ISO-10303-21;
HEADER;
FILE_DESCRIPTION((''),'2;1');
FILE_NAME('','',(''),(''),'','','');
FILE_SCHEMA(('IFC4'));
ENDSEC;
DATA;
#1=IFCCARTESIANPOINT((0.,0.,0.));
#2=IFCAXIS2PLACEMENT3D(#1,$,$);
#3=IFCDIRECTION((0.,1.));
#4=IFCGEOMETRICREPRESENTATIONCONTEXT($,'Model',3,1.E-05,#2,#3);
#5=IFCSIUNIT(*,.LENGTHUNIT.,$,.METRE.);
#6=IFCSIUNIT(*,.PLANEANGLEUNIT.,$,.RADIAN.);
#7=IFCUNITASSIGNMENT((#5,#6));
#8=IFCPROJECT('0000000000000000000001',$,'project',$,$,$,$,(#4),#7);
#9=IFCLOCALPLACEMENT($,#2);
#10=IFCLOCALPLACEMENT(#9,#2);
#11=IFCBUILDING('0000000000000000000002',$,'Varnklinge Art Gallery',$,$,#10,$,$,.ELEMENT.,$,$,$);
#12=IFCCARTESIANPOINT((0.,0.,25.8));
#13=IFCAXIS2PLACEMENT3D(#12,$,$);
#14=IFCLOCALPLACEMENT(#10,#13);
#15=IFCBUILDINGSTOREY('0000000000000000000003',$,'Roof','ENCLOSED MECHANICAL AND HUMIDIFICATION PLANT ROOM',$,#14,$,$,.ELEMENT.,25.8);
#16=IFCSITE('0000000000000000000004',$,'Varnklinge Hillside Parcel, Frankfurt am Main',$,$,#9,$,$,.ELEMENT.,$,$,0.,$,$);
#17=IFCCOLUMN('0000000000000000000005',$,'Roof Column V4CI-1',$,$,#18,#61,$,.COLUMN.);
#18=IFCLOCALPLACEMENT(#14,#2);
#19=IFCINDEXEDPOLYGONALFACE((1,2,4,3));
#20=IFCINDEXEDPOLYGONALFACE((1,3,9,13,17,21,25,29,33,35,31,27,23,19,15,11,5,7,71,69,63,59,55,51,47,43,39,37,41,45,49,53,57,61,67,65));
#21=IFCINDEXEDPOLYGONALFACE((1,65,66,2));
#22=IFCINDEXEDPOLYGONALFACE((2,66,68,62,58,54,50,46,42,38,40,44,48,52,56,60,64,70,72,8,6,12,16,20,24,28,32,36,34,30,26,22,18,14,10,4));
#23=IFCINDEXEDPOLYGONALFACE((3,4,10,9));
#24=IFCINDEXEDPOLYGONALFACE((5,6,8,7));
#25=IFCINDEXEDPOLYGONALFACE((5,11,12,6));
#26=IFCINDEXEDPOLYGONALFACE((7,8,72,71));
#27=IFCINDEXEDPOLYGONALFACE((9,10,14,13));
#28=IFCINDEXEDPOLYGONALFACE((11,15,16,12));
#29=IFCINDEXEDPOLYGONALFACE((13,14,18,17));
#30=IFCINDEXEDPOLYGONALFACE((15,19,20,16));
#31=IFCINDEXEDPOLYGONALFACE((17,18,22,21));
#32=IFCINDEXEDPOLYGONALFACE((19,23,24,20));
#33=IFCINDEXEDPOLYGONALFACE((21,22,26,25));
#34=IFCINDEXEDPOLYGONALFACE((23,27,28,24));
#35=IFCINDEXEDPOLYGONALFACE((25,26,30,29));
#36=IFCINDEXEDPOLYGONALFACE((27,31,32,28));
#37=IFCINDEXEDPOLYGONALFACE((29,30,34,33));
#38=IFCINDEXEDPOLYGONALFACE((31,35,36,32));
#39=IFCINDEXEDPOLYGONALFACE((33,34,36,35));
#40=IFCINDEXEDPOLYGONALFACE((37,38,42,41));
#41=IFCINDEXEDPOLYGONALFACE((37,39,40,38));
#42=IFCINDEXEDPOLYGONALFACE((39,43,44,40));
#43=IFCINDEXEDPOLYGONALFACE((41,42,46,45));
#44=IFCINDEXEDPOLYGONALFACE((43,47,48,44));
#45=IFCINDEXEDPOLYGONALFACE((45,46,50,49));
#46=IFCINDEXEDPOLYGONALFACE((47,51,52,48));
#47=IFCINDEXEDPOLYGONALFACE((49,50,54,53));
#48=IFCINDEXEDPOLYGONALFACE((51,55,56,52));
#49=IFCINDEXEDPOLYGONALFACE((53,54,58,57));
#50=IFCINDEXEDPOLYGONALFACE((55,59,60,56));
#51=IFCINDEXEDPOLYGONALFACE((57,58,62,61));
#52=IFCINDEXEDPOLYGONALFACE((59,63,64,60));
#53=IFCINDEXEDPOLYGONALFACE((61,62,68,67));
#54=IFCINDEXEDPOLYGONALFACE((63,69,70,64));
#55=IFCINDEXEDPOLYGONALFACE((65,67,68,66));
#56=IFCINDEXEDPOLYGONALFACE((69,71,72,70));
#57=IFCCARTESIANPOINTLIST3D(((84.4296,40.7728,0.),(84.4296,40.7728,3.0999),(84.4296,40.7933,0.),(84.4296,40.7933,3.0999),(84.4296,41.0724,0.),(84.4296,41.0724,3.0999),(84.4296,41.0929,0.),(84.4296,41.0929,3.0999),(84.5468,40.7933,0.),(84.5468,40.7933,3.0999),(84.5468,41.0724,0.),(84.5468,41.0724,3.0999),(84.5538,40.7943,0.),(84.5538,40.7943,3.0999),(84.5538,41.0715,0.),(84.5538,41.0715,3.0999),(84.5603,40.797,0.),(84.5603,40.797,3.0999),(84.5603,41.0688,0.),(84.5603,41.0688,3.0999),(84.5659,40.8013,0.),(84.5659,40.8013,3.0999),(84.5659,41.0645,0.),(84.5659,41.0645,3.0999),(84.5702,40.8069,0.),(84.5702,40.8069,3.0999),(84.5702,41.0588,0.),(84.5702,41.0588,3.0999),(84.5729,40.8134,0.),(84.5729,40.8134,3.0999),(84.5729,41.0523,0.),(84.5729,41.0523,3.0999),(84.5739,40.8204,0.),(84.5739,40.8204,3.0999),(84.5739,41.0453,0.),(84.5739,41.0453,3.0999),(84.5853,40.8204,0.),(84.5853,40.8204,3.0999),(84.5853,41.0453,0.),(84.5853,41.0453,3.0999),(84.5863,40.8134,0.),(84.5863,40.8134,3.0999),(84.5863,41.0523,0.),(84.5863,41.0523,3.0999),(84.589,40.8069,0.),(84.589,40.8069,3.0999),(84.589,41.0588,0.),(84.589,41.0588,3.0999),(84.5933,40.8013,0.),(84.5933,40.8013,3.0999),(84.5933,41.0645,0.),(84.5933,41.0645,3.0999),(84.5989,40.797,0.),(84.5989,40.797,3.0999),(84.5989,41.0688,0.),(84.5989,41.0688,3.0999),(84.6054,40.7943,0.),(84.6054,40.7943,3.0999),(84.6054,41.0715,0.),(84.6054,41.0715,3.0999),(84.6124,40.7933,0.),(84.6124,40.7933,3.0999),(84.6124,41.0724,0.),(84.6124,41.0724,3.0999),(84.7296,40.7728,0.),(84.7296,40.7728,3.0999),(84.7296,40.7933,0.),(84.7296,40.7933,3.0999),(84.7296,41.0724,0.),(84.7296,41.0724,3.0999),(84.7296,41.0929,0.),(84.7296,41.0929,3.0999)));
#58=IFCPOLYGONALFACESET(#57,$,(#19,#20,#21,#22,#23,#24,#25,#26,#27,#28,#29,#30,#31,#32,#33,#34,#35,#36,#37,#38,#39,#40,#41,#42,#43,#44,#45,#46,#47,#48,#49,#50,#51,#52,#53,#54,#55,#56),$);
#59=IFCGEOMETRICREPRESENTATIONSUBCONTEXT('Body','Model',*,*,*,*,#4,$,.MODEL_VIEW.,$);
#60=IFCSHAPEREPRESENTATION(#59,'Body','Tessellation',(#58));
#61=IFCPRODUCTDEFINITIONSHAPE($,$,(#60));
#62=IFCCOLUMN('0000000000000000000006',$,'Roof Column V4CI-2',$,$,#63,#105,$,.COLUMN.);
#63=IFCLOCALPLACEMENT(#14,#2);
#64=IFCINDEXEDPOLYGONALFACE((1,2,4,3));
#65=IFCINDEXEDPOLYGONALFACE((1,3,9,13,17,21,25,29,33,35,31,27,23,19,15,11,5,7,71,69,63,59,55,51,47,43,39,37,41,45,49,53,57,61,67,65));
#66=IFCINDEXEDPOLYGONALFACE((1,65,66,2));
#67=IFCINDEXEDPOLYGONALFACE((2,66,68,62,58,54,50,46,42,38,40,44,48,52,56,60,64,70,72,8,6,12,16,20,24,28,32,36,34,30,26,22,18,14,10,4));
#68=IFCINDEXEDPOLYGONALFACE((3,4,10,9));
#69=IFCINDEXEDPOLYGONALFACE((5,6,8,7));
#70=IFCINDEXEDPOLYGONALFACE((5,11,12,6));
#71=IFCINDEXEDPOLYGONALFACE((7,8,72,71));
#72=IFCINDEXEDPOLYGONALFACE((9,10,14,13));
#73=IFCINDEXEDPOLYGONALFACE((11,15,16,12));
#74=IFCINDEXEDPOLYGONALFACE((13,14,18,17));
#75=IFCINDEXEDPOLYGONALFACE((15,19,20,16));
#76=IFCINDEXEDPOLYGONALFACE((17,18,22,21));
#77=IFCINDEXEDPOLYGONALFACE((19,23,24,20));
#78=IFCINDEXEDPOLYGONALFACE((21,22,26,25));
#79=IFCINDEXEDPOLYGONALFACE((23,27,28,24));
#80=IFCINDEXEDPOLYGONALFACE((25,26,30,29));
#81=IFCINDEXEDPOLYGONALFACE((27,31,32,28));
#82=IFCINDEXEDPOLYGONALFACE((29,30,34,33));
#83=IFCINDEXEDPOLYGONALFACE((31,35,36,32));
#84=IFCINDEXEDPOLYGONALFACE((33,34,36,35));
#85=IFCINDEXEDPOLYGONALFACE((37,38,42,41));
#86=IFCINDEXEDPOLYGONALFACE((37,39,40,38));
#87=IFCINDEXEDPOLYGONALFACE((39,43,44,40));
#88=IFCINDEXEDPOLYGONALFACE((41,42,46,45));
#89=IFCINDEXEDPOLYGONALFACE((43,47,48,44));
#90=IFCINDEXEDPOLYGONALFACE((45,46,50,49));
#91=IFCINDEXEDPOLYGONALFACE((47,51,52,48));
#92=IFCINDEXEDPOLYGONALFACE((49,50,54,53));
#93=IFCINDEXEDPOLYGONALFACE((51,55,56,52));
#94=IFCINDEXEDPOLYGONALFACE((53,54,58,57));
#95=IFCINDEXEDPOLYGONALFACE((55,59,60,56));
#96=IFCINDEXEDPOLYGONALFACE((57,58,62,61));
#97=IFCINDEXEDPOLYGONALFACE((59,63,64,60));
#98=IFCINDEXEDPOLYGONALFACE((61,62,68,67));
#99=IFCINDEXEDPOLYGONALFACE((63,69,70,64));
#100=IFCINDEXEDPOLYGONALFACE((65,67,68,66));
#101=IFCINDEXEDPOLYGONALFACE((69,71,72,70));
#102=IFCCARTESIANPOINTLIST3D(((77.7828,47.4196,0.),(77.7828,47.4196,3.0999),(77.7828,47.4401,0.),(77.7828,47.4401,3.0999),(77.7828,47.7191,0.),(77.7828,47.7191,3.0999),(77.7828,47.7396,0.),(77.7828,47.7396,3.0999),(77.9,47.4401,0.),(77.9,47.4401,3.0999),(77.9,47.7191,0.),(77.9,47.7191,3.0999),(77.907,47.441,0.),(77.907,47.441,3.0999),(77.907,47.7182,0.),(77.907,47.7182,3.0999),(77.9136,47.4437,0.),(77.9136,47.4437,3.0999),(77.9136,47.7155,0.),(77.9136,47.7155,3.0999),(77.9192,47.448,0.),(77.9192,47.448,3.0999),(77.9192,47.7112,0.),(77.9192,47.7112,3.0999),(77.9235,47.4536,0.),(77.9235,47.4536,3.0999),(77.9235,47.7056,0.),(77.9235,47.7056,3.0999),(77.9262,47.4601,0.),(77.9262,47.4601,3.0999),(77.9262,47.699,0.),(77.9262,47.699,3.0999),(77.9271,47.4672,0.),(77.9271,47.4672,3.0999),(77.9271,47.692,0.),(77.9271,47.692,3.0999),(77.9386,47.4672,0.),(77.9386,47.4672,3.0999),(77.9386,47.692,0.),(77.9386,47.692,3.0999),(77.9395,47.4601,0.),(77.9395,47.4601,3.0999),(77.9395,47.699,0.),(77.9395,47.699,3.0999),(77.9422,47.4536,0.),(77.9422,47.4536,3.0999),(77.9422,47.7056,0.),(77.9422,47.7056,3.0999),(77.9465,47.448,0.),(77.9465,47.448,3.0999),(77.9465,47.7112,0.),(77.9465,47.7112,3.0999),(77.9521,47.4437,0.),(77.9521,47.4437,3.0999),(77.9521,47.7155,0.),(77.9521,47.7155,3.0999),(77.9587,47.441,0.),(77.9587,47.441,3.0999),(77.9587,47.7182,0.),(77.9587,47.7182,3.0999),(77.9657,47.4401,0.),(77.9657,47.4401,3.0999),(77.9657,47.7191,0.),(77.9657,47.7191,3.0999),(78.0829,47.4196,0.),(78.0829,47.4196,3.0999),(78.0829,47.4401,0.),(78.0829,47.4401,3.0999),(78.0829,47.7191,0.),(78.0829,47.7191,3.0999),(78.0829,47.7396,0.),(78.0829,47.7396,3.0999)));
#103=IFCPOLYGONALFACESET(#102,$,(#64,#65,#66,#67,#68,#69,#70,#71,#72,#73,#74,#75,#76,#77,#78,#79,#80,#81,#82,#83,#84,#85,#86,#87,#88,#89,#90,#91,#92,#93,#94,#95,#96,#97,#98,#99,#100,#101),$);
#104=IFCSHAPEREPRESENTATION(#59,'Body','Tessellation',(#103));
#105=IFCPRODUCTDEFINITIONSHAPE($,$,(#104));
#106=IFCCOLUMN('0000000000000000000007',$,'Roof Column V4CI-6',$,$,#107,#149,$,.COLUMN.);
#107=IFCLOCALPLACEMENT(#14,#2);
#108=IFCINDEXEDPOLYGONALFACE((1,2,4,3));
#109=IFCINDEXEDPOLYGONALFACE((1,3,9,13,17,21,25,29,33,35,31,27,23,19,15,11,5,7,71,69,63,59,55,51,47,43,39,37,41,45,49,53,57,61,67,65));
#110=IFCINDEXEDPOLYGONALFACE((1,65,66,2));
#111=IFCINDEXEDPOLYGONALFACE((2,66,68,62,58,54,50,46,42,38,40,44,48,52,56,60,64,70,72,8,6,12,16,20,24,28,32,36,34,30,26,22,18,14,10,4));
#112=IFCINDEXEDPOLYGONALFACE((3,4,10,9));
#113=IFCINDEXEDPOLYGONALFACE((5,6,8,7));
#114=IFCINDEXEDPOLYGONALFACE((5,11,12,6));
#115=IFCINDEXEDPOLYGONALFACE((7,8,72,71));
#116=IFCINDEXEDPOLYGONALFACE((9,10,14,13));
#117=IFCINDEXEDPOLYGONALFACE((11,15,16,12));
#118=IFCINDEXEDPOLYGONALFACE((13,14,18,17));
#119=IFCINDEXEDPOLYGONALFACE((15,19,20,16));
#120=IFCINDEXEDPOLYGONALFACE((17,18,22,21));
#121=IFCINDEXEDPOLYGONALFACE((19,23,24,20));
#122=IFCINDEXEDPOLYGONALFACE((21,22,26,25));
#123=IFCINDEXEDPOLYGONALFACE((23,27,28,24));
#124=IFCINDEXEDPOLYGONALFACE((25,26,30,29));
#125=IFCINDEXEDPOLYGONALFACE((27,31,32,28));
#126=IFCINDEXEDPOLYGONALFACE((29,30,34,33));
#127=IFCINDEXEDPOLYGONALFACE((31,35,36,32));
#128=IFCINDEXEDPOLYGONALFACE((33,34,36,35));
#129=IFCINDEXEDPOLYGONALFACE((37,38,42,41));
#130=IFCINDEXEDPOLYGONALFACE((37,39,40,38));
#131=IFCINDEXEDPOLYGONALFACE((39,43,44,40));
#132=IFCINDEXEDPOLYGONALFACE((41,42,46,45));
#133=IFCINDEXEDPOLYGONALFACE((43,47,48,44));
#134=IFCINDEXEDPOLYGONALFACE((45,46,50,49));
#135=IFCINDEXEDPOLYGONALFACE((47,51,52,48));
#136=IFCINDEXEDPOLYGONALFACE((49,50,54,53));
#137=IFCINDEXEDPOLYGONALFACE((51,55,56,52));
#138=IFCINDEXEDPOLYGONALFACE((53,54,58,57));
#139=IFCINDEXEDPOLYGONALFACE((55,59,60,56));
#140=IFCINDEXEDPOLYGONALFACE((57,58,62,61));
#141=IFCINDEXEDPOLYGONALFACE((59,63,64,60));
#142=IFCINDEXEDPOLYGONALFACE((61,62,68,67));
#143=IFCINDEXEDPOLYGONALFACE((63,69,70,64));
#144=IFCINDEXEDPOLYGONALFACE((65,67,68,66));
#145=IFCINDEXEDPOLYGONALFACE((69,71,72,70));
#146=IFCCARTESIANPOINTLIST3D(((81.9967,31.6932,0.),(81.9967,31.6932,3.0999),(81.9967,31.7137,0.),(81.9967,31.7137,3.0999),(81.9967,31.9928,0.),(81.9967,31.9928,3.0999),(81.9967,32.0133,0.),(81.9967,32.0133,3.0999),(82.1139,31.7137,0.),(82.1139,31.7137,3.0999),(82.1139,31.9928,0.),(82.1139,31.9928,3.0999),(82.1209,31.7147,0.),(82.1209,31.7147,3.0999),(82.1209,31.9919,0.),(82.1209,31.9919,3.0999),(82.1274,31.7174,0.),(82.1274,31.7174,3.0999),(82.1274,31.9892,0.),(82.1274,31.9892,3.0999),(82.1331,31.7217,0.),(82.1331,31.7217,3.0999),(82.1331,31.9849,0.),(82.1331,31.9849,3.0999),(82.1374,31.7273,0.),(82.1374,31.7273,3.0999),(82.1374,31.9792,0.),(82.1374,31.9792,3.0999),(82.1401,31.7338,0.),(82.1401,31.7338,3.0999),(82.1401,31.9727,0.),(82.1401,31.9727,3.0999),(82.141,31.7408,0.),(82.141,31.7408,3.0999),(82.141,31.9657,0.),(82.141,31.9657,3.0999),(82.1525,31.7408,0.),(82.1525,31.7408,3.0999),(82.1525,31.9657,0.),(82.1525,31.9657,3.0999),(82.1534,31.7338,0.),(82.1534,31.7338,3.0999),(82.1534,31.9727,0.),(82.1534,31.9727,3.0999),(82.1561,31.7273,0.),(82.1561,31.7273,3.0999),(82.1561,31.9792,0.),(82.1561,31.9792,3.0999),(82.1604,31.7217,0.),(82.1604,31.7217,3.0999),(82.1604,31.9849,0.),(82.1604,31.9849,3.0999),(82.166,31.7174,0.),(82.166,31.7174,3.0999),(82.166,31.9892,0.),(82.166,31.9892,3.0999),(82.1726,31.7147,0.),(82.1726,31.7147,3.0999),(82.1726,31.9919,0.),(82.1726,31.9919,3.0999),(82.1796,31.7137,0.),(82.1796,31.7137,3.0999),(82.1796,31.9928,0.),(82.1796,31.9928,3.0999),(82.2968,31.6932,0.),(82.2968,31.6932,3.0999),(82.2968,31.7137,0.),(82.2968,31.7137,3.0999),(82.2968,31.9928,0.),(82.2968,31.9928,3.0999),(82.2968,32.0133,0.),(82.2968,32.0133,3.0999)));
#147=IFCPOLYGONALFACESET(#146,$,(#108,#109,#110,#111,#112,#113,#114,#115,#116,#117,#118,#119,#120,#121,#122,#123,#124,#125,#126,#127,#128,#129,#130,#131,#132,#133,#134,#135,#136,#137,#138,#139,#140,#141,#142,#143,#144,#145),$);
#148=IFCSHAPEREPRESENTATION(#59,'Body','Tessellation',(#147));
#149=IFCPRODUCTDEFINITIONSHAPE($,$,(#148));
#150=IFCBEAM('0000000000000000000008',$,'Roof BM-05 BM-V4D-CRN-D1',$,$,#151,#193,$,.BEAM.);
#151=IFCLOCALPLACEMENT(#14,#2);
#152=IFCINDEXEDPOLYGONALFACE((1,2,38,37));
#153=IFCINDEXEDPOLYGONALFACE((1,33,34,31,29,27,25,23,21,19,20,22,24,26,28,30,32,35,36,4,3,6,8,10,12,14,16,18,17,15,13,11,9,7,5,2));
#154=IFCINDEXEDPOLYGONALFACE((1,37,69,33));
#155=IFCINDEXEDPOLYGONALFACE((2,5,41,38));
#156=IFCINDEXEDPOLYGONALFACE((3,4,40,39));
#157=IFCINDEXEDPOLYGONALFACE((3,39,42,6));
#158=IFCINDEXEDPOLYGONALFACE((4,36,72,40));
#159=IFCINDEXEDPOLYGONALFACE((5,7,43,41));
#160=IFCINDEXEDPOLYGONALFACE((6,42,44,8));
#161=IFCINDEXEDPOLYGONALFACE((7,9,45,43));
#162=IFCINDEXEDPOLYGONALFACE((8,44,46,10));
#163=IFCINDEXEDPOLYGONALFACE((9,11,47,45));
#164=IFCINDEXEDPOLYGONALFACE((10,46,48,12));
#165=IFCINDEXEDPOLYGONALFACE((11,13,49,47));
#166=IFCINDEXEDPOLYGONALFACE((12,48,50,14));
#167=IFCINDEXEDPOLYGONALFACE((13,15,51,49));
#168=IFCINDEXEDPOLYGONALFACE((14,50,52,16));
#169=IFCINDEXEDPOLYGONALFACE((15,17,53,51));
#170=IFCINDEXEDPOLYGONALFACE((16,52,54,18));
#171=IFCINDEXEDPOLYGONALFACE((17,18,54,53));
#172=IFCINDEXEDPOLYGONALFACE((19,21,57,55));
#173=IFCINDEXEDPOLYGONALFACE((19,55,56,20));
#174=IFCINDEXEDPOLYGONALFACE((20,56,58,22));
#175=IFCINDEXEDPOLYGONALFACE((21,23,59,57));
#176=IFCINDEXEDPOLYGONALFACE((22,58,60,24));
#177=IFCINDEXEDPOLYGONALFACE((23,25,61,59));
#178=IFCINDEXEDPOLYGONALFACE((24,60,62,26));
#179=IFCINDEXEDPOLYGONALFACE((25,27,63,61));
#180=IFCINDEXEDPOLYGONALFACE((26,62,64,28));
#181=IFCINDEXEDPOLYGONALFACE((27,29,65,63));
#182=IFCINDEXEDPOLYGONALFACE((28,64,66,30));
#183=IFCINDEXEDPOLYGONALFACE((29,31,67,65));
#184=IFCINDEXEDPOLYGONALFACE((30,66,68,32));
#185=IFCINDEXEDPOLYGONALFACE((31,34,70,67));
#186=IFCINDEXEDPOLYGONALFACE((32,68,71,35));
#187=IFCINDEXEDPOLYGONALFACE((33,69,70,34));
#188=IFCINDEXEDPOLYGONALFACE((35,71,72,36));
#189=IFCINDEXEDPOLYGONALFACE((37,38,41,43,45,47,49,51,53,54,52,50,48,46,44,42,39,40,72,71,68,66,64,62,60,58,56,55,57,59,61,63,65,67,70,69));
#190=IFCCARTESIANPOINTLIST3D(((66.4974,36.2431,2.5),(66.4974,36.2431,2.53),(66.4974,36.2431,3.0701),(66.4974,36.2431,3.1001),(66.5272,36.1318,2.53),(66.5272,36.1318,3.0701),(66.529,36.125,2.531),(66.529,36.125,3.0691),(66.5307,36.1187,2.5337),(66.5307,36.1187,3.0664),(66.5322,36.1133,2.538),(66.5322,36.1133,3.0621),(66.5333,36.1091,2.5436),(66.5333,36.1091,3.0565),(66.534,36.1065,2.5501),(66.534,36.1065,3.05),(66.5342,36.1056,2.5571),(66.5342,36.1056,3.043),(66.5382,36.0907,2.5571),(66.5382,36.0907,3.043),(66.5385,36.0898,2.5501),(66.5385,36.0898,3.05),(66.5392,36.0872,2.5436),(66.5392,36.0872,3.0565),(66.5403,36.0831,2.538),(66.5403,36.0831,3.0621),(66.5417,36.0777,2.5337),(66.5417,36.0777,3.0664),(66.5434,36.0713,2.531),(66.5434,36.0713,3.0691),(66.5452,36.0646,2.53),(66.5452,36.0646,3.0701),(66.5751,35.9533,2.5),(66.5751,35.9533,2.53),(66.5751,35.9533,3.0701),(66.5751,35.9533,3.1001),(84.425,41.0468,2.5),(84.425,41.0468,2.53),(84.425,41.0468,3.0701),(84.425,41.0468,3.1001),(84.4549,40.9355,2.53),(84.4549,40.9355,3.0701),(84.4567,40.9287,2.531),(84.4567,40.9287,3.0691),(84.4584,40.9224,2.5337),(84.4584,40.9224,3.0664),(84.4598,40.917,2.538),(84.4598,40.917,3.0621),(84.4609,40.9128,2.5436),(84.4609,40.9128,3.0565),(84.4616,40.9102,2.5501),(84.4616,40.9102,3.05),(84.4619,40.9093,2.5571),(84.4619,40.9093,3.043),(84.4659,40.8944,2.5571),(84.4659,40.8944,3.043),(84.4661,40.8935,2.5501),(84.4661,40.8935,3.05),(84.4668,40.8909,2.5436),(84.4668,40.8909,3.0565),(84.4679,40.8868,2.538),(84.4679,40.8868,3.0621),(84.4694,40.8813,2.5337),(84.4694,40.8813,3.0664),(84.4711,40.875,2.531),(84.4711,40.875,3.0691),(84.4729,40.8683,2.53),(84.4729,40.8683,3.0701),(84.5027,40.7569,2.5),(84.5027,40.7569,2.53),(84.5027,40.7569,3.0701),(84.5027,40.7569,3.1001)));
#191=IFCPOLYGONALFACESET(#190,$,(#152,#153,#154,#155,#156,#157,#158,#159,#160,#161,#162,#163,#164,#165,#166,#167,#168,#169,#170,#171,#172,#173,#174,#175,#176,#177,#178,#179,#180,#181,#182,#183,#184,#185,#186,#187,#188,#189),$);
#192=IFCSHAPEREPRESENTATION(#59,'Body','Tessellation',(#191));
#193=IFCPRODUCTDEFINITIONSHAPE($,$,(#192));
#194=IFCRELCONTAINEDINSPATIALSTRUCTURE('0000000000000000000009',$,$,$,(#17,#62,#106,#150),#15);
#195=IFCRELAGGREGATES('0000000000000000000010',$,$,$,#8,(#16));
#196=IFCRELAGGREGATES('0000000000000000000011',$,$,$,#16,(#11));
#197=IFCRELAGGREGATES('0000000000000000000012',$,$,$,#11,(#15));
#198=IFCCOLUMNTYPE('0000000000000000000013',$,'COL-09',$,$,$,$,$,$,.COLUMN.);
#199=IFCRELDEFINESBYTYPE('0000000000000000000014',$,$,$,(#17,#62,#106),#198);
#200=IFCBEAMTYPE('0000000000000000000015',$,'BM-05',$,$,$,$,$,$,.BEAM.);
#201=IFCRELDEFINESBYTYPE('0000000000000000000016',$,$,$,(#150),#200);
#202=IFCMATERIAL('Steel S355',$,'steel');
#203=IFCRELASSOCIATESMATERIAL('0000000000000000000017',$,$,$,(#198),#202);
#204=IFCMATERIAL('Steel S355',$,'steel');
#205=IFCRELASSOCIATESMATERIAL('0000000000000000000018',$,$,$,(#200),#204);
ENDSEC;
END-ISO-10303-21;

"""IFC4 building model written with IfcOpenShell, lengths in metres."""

from ifc_helpers import new_model, si_unit, direction, frame, origin, origin_2d, place, context, subcontext, project, spatial, i_section, extrude, material, material_profile, profile_set, type_object, element, save


model = new_model("IFC4")

# Units and contexts
model_context = context("Model", 3, precision=1e-05, world=origin(), true_north=direction((0.0, 1.0)))
body_context = subcontext(model_context, "Body", "Model", "MODEL_VIEW")
ifc_project = project(units=[si_unit("LENGTHUNIT", "METRE"), si_unit("PLANEANGLEUNIT", "RADIAN")], contexts=[model_context])

# Site, building, storey
site_placement = place(None, origin())
site = spatial("IfcSite", under=ifc_project, at=site_placement, Name="Varnklinge Hillside Parcel, Frankfurt am Main", CompositionType="ELEMENT", RefElevation=0.0)
building_placement = place(site_placement, origin())
building = spatial("IfcBuilding", under=site, at=building_placement, Name="Varnklinge Art Gallery", CompositionType="ELEMENT")
storey_placement = place(building_placement, frame((0.0, 0.0, 25.8)))
storey = spatial("IfcBuildingStorey", under=building, at=storey_placement, Name="Roof", Description="ENCLOSED MECHANICAL AND HUMIDIFICATION PLANT ROOM", CompositionType="ELEMENT", Elevation=25.8)

# Columns
ifc_material_1 = material(Name="Steel S355", Category="steel")
ifc_material_profile_1 = material_profile(ifc_material_1, i_section(OverallWidth=0.3, OverallDepth=0.3201, WebThickness=0.0115, FlangeThickness=0.0205, FilletRadius=0.0271, at=origin_2d()), Name="HEB 320")
ifc_profile_set_1 = profile_set([ifc_material_profile_1], Name="Steel S355")
column_type = type_object("IfcColumnType", Name="COL-09", PredefinedType="COLUMN", material=ifc_profile_set_1)
for number, where, z_axis, x_axis, name in (
    (1, (84.5796, 40.9329, 0.0), (0.0, 0.0, 1.0), (1.0, 0.0, 0.0), "Roof Column V4CI-1"),
    (2, (77.9329, 47.5796, 0.0), (0.0, 0.0, 1.0), (1.0, 0.0, 0.0), "Roof Column V4CI-2"),
    (3, (82.1467, 31.8533, 0.0), (0.0, 0.0, 1.0), (1.0, 0.0, 0.0), "Roof Column V4CI-6"),
):
    element("IfcColumn", number, at=place(storey_placement, frame(where, z_axis=z_axis, x_axis=x_axis)), inside=storey, type_object=column_type, Name=name, PredefinedType="COLUMN", context=body_context, shape_type="SweptSolid", body=[
        extrude(i_section(OverallWidth=0.3, OverallDepth=0.3201, WebThickness=0.0115, FlangeThickness=0.0205, FilletRadius=0.0271, at=origin_2d()), origin(), (0.0, 0.0, 1.0), 3.0999),
    ])

# Beam
ifc_material_2 = material(Name="Steel S355", Category="steel")
ifc_material_profile_2 = material_profile(ifc_material_2, i_section(OverallWidth=0.3, OverallDepth=0.6001, WebThickness=0.0154, FlangeThickness=0.03, FilletRadius=0.0271, at=origin_2d()), Name="HEB 600")
ifc_profile_set_2 = profile_set([ifc_material_profile_2], Name="Steel S355")
beam_type_1 = type_object("IfcBeamType", Name="BM-05", PredefinedType="BEAM", material=ifc_profile_set_2)
beam_1_placement = place(storey_placement, frame((84.4639, 40.9019, 2.8), z_axis=(-0.965926, -0.258818, 0.0), x_axis=(0.258818, -0.965926, 0.0)))
element("IfcBeam", 4, at=beam_1_placement, inside=storey, type_object=beam_type_1, Name="Roof BM-05 BM-V4D-CRN-D1", PredefinedType="BEAM", context=body_context, shape_type="SweptSolid", body=[
    extrude(i_section(OverallWidth=0.3, OverallDepth=0.6001, WebThickness=0.0154, FlangeThickness=0.03, FilletRadius=0.0271, at=origin_2d()), origin(), (0.0, 0.0, 1.0), 18.5601),
])

save(model, "model.ifc")
